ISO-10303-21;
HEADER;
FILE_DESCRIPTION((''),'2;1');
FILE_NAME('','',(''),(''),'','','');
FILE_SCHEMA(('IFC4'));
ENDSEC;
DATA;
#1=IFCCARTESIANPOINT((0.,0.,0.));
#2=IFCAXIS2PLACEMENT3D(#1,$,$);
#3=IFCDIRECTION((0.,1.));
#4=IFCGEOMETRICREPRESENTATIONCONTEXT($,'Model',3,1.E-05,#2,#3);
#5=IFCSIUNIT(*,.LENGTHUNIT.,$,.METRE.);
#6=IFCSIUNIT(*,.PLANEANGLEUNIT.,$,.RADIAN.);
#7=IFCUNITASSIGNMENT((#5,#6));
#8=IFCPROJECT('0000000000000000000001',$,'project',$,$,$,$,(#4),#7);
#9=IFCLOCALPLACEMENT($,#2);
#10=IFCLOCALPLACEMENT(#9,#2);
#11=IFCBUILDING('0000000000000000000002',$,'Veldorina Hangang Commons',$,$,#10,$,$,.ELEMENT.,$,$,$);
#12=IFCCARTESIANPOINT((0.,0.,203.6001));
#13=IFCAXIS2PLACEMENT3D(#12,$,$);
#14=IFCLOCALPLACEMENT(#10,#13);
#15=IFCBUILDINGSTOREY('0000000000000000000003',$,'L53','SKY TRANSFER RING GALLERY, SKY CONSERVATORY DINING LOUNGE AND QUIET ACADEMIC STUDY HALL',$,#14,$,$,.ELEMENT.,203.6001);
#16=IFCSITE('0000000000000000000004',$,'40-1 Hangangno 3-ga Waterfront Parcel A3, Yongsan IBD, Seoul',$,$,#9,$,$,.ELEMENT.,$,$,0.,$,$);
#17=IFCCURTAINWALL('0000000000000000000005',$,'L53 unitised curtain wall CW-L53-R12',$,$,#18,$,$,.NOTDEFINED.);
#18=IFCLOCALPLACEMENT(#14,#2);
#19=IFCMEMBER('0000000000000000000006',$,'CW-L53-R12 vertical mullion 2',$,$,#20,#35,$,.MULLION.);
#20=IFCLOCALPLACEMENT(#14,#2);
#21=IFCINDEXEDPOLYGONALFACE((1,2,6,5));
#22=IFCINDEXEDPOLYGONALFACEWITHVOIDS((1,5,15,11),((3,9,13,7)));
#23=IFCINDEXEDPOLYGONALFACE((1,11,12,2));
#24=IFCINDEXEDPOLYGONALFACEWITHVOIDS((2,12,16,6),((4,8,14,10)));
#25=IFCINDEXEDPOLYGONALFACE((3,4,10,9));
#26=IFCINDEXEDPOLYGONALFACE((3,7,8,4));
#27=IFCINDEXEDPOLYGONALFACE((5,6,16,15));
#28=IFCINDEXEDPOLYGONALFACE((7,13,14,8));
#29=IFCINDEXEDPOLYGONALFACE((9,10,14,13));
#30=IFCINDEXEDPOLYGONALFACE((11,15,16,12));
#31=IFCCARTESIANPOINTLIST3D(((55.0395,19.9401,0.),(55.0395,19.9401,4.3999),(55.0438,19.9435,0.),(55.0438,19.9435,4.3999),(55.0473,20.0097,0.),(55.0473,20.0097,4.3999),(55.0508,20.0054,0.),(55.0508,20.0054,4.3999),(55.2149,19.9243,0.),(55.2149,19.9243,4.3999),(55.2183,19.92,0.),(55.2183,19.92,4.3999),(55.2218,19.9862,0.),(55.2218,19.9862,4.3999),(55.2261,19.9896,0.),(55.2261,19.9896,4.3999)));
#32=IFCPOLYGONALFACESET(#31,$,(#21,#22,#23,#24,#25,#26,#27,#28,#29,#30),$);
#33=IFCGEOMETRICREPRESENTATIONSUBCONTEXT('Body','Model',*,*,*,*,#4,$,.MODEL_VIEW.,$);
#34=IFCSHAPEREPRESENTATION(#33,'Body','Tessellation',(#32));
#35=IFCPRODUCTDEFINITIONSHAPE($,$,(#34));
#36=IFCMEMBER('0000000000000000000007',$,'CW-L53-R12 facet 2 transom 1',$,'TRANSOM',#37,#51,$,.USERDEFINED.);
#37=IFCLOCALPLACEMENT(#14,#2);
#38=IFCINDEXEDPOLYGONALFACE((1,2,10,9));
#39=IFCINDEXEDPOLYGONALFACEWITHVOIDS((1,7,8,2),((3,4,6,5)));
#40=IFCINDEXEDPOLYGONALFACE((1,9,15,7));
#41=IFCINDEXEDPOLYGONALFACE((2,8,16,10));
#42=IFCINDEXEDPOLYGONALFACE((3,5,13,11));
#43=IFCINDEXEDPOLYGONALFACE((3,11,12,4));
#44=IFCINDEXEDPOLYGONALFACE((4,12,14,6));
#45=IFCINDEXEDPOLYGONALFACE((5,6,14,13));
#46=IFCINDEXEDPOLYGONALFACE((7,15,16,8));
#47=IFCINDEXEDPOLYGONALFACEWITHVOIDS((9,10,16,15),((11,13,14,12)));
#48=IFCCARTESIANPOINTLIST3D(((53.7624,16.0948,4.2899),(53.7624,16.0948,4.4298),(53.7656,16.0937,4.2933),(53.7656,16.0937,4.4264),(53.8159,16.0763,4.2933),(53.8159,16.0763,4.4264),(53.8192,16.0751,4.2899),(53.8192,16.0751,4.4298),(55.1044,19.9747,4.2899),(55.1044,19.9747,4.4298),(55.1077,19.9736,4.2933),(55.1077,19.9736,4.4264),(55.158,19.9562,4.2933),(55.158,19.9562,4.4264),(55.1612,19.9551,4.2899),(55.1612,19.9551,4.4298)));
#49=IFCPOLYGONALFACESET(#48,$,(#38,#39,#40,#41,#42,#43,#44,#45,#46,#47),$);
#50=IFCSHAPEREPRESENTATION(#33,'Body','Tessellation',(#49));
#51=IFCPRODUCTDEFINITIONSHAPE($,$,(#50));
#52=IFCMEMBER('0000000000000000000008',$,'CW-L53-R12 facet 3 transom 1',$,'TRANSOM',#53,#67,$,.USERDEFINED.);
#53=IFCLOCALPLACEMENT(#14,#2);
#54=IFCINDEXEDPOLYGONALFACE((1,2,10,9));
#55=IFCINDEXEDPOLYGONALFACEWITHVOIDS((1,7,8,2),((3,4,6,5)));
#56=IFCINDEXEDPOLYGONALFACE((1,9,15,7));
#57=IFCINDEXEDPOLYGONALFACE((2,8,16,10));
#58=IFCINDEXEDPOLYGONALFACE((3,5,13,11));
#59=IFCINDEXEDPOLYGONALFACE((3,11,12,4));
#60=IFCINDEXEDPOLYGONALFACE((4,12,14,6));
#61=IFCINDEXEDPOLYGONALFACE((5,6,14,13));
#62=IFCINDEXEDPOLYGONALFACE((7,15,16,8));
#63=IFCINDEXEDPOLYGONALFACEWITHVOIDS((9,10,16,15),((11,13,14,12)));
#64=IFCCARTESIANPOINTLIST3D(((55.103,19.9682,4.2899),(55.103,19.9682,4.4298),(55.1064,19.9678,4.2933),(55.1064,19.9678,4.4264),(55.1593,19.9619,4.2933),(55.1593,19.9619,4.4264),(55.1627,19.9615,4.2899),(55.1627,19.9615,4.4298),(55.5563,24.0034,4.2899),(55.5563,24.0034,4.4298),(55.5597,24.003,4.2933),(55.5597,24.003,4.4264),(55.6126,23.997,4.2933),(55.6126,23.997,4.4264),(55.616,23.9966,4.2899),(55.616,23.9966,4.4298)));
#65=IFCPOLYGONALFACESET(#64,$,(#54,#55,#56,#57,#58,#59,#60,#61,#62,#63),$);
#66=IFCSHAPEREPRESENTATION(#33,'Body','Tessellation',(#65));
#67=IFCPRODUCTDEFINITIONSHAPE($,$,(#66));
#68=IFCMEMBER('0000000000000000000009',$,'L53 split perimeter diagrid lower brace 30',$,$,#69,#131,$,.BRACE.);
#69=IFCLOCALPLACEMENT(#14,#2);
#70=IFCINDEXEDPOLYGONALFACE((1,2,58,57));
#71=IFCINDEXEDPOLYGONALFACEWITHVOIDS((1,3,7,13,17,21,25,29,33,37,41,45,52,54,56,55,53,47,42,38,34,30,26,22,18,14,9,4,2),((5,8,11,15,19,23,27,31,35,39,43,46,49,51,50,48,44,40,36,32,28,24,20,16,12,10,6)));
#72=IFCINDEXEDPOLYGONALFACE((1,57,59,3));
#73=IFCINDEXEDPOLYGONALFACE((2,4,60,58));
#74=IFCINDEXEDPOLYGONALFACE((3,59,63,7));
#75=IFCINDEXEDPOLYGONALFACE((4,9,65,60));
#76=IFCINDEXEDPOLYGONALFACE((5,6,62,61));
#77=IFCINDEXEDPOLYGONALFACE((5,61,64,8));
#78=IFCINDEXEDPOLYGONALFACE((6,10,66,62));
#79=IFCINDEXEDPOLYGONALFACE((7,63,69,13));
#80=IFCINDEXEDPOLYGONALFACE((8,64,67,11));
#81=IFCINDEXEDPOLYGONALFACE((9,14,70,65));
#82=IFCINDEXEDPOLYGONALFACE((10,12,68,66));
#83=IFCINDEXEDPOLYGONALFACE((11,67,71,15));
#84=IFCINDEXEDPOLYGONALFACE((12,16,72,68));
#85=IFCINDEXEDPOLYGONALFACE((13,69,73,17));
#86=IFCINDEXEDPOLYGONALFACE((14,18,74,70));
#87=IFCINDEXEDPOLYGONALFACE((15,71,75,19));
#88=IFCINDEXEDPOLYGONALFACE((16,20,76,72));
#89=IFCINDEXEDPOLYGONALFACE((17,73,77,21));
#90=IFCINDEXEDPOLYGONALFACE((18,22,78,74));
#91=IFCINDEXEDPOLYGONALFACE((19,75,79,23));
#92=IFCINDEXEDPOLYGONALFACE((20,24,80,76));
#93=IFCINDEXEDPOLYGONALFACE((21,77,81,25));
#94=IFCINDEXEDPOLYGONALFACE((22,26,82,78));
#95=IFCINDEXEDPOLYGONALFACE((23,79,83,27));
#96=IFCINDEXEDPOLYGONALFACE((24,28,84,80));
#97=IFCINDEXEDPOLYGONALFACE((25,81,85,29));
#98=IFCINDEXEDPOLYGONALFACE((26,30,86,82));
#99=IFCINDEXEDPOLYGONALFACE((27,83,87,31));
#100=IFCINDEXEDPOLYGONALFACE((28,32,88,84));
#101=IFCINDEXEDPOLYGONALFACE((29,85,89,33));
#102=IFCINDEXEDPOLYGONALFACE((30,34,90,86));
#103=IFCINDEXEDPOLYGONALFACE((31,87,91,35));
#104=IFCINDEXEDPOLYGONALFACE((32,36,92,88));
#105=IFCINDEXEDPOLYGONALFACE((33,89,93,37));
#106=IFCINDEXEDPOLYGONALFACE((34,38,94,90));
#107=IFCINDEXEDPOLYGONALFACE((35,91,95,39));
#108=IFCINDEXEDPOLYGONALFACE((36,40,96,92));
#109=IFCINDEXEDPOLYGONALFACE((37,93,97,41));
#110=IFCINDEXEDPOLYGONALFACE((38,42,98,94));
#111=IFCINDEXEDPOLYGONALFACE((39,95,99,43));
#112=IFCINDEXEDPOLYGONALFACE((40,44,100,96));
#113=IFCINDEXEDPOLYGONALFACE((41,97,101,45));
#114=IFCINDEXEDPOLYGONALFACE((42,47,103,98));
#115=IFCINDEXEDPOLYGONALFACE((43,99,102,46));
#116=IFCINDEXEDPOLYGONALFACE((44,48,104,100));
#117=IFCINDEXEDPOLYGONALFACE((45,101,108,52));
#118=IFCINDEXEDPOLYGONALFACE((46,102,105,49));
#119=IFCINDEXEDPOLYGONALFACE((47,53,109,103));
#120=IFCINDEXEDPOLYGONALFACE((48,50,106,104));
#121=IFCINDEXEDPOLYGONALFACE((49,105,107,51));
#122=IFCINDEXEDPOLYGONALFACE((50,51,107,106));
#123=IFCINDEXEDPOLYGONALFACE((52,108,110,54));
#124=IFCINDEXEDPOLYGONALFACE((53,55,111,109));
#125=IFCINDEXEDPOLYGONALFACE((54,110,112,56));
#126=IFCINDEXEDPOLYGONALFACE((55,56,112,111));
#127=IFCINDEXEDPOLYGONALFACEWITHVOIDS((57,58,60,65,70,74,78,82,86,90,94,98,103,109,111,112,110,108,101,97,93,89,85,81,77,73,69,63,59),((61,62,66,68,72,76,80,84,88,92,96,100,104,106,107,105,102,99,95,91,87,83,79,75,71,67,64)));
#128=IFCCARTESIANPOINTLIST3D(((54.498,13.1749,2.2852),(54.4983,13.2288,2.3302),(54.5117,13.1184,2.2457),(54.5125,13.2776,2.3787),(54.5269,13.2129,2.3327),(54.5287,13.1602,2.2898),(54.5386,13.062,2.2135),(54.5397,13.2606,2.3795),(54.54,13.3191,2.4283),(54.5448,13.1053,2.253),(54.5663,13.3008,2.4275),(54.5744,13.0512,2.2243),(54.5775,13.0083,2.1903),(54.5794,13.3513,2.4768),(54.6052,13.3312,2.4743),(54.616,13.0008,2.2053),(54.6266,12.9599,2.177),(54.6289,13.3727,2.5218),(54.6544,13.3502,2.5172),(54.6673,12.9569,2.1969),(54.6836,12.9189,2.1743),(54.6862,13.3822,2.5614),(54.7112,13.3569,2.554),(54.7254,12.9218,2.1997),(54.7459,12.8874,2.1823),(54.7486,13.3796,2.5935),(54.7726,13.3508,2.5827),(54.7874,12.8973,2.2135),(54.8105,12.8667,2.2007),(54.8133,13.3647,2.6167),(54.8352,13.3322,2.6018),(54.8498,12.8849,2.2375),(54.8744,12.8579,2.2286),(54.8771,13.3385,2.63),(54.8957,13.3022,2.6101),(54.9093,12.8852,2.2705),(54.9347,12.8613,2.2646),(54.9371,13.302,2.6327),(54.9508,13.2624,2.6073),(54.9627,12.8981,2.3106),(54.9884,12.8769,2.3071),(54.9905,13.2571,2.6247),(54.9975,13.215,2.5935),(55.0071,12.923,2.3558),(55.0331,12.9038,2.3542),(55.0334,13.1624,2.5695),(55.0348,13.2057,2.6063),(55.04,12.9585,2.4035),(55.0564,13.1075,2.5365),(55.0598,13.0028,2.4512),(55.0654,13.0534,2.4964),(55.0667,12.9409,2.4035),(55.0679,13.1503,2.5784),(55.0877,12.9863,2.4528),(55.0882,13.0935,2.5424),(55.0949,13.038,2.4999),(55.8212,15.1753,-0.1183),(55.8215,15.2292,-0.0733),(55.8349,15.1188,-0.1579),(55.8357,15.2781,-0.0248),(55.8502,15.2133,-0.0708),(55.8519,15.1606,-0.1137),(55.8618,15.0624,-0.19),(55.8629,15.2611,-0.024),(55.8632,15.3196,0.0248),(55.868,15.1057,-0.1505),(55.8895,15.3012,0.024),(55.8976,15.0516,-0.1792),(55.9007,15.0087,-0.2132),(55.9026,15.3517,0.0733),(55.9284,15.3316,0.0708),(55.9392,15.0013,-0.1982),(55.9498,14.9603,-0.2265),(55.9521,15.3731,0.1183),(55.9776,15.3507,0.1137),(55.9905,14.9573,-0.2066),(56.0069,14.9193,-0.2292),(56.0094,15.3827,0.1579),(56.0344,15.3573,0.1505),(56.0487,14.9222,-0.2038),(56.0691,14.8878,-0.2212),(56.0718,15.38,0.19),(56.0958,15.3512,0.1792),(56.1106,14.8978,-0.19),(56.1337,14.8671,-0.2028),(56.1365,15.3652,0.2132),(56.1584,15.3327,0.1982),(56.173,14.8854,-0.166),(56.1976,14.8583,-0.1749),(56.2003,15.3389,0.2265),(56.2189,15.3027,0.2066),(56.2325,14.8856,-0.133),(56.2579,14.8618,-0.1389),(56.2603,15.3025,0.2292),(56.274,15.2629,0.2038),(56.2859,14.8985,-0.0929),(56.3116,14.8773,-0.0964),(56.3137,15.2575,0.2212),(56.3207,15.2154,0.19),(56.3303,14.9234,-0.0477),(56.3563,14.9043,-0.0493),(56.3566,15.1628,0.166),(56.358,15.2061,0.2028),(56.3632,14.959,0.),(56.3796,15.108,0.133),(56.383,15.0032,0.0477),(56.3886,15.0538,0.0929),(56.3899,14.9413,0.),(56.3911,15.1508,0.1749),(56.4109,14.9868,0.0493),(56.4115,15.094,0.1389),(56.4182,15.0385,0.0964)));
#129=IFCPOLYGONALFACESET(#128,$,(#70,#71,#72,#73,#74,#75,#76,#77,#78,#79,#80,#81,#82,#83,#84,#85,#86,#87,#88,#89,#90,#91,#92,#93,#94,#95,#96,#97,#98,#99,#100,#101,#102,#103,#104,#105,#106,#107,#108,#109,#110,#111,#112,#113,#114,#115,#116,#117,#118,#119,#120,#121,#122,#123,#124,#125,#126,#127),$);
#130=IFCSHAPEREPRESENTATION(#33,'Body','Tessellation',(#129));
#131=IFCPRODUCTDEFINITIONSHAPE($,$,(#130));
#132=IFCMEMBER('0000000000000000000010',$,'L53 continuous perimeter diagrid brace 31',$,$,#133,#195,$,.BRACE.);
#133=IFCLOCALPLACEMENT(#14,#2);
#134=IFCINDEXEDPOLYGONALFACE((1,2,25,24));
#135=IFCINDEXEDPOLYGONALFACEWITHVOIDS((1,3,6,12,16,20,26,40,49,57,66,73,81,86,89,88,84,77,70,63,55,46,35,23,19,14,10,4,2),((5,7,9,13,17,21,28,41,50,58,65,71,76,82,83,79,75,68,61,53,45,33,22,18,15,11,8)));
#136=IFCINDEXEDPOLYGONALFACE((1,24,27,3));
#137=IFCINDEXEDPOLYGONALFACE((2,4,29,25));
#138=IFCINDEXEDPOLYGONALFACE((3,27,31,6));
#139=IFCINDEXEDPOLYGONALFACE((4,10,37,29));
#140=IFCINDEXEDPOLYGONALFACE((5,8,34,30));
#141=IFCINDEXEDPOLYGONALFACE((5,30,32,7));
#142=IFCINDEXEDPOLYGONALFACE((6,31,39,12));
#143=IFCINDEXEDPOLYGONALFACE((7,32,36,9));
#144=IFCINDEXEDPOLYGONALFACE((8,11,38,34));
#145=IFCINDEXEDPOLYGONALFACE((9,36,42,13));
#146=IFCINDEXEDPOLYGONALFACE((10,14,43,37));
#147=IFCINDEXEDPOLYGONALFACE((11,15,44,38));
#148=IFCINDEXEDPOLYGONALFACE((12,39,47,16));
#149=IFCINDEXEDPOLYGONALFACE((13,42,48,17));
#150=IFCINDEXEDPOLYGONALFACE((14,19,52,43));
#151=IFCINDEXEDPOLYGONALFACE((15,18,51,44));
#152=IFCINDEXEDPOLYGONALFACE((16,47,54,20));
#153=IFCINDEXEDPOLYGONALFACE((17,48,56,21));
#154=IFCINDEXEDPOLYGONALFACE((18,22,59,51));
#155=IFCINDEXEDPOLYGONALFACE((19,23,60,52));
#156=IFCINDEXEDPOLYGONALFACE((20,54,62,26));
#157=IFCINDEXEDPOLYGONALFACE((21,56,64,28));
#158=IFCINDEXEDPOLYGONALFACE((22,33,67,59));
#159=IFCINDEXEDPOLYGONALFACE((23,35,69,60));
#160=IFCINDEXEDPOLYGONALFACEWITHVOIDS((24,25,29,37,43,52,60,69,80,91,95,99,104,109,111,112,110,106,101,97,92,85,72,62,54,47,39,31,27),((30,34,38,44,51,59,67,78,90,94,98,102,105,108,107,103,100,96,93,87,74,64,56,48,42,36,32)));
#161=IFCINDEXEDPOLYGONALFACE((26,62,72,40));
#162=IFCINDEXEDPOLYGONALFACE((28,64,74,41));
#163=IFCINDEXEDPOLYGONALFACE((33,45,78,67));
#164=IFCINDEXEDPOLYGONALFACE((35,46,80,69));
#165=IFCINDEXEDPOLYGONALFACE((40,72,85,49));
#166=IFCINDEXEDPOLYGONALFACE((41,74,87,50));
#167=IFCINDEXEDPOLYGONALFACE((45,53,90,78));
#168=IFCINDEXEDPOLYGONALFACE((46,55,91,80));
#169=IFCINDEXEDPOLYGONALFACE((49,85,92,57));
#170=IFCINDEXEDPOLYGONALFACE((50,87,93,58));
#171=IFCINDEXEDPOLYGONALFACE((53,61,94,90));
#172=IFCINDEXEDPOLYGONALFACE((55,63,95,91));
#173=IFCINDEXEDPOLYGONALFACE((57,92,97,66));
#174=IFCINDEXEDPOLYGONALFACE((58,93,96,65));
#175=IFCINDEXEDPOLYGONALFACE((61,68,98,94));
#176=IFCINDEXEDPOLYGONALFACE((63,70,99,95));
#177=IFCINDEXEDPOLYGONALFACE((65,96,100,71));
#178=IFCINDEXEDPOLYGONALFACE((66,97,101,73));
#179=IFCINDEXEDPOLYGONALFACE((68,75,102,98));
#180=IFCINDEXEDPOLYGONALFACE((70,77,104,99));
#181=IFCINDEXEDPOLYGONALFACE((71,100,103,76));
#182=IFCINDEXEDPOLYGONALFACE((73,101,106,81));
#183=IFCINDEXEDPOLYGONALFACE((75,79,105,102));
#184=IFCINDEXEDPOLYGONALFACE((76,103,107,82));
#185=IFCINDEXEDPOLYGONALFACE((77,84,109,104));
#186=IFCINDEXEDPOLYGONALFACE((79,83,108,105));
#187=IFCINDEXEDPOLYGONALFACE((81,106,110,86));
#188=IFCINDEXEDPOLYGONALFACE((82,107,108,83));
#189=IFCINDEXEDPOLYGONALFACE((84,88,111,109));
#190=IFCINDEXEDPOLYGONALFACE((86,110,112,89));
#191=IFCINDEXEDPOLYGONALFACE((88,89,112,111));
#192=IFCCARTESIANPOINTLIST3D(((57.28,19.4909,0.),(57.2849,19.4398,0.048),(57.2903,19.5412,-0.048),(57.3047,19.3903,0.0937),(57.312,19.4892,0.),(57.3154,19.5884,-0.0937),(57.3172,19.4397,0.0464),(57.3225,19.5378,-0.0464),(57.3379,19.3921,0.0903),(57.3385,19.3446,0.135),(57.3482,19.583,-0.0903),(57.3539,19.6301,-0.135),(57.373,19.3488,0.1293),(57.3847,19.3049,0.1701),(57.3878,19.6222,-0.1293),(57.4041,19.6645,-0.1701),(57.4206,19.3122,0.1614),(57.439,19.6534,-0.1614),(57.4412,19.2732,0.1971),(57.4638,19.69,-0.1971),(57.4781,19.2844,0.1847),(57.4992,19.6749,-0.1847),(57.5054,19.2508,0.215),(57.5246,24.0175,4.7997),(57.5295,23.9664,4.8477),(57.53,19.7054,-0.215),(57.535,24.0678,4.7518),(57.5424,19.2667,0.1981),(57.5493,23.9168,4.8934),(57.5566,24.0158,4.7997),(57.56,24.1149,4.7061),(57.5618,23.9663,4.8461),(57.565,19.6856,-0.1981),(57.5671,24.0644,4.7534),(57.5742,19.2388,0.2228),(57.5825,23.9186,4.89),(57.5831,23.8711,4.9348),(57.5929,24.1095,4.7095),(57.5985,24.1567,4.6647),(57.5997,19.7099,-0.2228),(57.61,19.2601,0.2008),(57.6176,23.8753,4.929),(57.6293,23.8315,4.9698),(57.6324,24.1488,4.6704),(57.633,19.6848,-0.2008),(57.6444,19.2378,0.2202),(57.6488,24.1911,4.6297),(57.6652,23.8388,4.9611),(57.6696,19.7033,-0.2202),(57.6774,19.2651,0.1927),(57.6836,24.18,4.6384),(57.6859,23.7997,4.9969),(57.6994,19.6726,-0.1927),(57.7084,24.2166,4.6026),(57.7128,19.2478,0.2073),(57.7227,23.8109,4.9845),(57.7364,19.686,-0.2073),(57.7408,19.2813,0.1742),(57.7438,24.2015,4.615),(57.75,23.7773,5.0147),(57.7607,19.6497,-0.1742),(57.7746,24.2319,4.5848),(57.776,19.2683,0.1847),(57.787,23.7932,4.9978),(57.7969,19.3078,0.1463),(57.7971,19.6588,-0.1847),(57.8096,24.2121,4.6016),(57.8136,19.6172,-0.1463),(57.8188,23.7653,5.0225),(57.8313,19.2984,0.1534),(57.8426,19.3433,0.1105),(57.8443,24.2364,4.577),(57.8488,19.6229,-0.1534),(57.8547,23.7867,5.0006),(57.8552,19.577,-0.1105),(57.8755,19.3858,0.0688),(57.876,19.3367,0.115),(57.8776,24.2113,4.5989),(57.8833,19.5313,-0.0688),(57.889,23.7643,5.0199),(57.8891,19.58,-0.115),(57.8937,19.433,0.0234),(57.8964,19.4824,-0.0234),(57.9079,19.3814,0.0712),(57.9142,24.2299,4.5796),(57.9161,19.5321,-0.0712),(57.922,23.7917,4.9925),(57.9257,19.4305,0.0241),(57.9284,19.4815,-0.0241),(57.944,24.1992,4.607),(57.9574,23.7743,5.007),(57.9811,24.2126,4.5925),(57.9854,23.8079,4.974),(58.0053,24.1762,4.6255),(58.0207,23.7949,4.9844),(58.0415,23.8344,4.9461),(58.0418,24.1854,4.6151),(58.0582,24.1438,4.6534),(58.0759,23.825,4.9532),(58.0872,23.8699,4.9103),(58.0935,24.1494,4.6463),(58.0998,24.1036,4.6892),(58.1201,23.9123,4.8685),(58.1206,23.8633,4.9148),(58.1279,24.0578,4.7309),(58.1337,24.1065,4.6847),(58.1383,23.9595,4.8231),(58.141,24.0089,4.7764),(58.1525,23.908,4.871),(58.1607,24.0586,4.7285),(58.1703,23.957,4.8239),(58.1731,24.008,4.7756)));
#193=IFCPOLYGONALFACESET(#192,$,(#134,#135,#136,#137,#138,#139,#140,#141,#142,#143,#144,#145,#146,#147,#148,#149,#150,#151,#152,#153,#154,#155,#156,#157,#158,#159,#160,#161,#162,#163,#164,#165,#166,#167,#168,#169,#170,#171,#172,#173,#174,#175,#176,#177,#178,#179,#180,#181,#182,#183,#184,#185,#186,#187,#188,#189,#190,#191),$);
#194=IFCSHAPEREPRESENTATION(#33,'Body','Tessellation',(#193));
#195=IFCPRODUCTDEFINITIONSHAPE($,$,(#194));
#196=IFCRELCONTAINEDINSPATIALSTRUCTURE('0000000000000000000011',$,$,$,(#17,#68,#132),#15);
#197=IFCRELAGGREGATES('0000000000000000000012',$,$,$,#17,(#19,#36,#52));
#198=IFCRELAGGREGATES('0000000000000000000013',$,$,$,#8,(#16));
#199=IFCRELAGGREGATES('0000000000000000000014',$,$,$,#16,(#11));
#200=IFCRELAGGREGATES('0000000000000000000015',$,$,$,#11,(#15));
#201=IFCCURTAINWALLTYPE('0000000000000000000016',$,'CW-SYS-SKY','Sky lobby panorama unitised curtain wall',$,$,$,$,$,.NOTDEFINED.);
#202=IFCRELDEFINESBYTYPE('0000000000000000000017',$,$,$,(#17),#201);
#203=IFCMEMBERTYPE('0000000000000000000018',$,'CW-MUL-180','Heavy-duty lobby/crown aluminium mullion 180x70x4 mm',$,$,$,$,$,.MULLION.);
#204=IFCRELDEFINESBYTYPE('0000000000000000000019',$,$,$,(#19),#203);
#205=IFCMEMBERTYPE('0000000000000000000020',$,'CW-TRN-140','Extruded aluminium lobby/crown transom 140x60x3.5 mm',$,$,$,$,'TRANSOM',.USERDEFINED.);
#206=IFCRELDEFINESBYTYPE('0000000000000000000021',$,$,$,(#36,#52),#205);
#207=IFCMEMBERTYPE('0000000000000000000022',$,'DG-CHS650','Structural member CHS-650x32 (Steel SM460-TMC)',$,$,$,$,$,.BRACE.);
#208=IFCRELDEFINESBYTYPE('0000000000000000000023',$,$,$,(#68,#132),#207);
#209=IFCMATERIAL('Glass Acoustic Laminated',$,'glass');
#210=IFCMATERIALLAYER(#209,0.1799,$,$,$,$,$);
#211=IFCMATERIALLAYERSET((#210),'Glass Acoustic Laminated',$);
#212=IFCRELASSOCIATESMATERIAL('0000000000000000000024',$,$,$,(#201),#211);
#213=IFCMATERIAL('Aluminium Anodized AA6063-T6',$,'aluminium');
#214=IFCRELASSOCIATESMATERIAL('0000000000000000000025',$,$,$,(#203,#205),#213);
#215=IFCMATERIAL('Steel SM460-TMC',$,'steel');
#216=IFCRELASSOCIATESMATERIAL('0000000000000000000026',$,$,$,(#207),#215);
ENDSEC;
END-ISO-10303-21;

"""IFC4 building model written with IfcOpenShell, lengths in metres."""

from ifc_helpers import new_model, si_unit, direction, frame, origin, origin_2d, place, context, subcontext, project, spatial, hollow_rectangle, hollow_circle, extrude, material, layer, layer_set, material_profile, profile_set, type_object, element, aggregate, save


model = new_model("IFC4")

# Units and contexts
model_context = context("Model", 3, precision=1e-05, world=origin(), true_north=direction((0.0, 1.0)))
body_context = subcontext(model_context, "Body", "Model", "MODEL_VIEW")
ifc_project = project(units=[si_unit("LENGTHUNIT", "METRE"), si_unit("PLANEANGLEUNIT", "RADIAN")], contexts=[model_context])

# Site, building, storey
site_placement = place(None, origin())
site = spatial("IfcSite", under=ifc_project, at=site_placement, Name="40-1 Hangangno 3-ga Waterfront Parcel A3, Yongsan IBD, Seoul", CompositionType="ELEMENT", RefElevation=0.0)
building_placement = place(site_placement, origin())
building = spatial("IfcBuilding", under=site, at=building_placement, Name="Veldorina Hangang Commons", CompositionType="ELEMENT")
storey_placement = place(building_placement, frame((0.0, 0.0, 203.6001)))
storey = spatial("IfcBuildingStorey", under=building, at=storey_placement, Name="L53", Description="SKY TRANSFER RING GALLERY, SKY CONSERVATORY DINING LOUNGE AND QUIET ACADEMIC STUDY HALL", CompositionType="ELEMENT", Elevation=203.6001)

# Shared definitions
ifc_material_1 = material(Name="Steel SM460-TMC", Category="steel")

# Curtain wall, members
ifc_material_2 = material(Name="Glass Acoustic Laminated", Category="glass")
ifc_layer_1 = layer(ifc_material_2, 0.1799)
ifc_layer_set_1 = layer_set([ifc_layer_1], Name="Glass Acoustic Laminated")
curtain_wall_type = type_object("IfcCurtainWallType", Name="CW-SYS-SKY", Description="Sky lobby panorama unitised curtain wall", PredefinedType="NOTDEFINED", material=ifc_layer_set_1)
curtain_wall_placement = place(storey_placement, origin())
curtain_wall = element("IfcCurtainWall", 1, at=curtain_wall_placement, inside=storey, type_object=curtain_wall_type, Name="L53 unitised curtain wall CW-L53-R12", PredefinedType="NOTDEFINED")
ifc_material_3 = material(Name="Aluminium Anodized AA6063-T6", Category="aluminium")
ifc_material_profile_1 = material_profile(ifc_material_3, hollow_rectangle(XDim=0.0701, YDim=0.1799, WallThickness=0.0039, at=origin_2d()), Name="ALU-RHS-180x70x4")
ifc_profile_set_1 = profile_set([ifc_material_profile_1], Name="Aluminium Anodized AA6063-T6")
member_type_1 = type_object("IfcMemberType", Name="CW-MUL-180", Description="Heavy-duty lobby/crown aluminium mullion 180x70x4 mm", PredefinedType="MULLION", material=ifc_profile_set_1)
member_1_placement = place(storey_placement, frame((55.1328, 19.9648, 0.0), z_axis=(0.0, 0.0, 1.0), x_axis=(0.111608, 0.993752, 0.0)))
member_1 = element("IfcMember", 2, at=member_1_placement, type_object=member_type_1, Name="CW-L53-R12 vertical mullion 2", PredefinedType="MULLION", context=body_context, shape_type="SweptSolid", body=[
    extrude(hollow_rectangle(XDim=0.0701, YDim=0.1799, WallThickness=0.0039, at=origin_2d()), origin(), (0.0, 0.0, 1.0), 4.3999),
])
ifc_material_profile_2 = material_profile(ifc_material_3, hollow_rectangle(XDim=0.0601, YDim=0.1399, WallThickness=0.0034, at=origin_2d()), Name="ALU-RHS-140x60x3.5")
ifc_profile_set_2 = profile_set([ifc_material_profile_2], Name="Aluminium Anodized AA6063-T6")
member_type_2 = type_object("IfcMemberType", Name="CW-TRN-140", Description="Extruded aluminium lobby/crown transom 140x60x3.5 mm", ElementType="TRANSOM", PredefinedType="USERDEFINED", material=ifc_profile_set_2)
member_2_placement = place(storey_placement, frame((53.7908, 16.085, 4.3599), z_axis=(0.326894, 0.945061, 0.0), x_axis=(-0.945061, 0.326894, 0.0)))
member_2 = element("IfcMember", 3, at=member_2_placement, type_object=member_type_2, Name="CW-L53-R12 facet 2 transom 1", ObjectType="TRANSOM", PredefinedType="USERDEFINED", context=body_context, shape_type="SweptSolid", body=[
    extrude(hollow_rectangle(XDim=0.0601, YDim=0.1399, WallThickness=0.0034, at=origin_2d()), origin(), (0.0, 0.0, 1.0), 4.1055),
])
member_3_placement = place(storey_placement, frame((55.1328, 19.9648, 4.3599), z_axis=(0.111652, 0.993747, 0.0), x_axis=(-0.993747, 0.111652, 0.0)))
member_3 = element("IfcMember", 4, at=member_3_placement, type_object=member_type_2, Name="CW-L53-R12 facet 3 transom 1", ObjectType="TRANSOM", PredefinedType="USERDEFINED", context=body_context, shape_type="SweptSolid", body=[
    extrude(hollow_rectangle(XDim=0.0601, YDim=0.1399, WallThickness=0.0034, at=origin_2d()), origin(), (0.0, 0.0, 1.0), 4.0605),
])

# Members
ifc_material_profile_3 = material_profile(ifc_material_1, hollow_circle(Radius=0.325, WallThickness=0.032, at=origin_2d()), Name="CHS-650x32")
ifc_profile_set_3 = profile_set([ifc_material_profile_3], Name="Steel SM460-TMC")
member_type_3 = type_object("IfcMemberType", Name="DG-CHS650", Description="Structural member CHS-650x32 (Steel SM460-TMC)", PredefinedType="BRACE", material=ifc_profile_set_3)
member_4_placement = place(storey_placement, frame((56.1189, 15.1206, 0.0), z_axis=(-0.389694, -0.589143, 0.707848), x_axis=(0.834049, -0.55169, 0.0)))
element("IfcMember", 5, at=member_4_placement, inside=storey, type_object=member_type_3, Name="L53 split perimeter diagrid lower brace 30", PredefinedType="BRACE", context=body_context, shape_type="SweptSolid", body=[
    extrude(hollow_circle(Radius=0.325, WallThickness=0.032, at=origin_2d()), origin(), (0.0, 0.0, 1.0), 3.3955),
])
member_5_placement = place(storey_placement, frame((57.6045, 19.4734, 0.0), z_axis=(0.037053, 0.685628, 0.727008), x_axis=(-0.998543, 0.053964, 0.0)))
element("IfcMember", 6, at=member_5_placement, inside=storey, type_object=member_type_3, Name="L53 continuous perimeter diagrid brace 31", PredefinedType="BRACE", context=body_context, shape_type="SweptSolid", body=[
    extrude(hollow_circle(Radius=0.325, WallThickness=0.032, at=origin_2d()), origin(), (0.0, 0.0, 1.0), 6.6021),
])

aggregate(curtain_wall, [member_1, member_2, member_3])

save(model, "model.ifc")
